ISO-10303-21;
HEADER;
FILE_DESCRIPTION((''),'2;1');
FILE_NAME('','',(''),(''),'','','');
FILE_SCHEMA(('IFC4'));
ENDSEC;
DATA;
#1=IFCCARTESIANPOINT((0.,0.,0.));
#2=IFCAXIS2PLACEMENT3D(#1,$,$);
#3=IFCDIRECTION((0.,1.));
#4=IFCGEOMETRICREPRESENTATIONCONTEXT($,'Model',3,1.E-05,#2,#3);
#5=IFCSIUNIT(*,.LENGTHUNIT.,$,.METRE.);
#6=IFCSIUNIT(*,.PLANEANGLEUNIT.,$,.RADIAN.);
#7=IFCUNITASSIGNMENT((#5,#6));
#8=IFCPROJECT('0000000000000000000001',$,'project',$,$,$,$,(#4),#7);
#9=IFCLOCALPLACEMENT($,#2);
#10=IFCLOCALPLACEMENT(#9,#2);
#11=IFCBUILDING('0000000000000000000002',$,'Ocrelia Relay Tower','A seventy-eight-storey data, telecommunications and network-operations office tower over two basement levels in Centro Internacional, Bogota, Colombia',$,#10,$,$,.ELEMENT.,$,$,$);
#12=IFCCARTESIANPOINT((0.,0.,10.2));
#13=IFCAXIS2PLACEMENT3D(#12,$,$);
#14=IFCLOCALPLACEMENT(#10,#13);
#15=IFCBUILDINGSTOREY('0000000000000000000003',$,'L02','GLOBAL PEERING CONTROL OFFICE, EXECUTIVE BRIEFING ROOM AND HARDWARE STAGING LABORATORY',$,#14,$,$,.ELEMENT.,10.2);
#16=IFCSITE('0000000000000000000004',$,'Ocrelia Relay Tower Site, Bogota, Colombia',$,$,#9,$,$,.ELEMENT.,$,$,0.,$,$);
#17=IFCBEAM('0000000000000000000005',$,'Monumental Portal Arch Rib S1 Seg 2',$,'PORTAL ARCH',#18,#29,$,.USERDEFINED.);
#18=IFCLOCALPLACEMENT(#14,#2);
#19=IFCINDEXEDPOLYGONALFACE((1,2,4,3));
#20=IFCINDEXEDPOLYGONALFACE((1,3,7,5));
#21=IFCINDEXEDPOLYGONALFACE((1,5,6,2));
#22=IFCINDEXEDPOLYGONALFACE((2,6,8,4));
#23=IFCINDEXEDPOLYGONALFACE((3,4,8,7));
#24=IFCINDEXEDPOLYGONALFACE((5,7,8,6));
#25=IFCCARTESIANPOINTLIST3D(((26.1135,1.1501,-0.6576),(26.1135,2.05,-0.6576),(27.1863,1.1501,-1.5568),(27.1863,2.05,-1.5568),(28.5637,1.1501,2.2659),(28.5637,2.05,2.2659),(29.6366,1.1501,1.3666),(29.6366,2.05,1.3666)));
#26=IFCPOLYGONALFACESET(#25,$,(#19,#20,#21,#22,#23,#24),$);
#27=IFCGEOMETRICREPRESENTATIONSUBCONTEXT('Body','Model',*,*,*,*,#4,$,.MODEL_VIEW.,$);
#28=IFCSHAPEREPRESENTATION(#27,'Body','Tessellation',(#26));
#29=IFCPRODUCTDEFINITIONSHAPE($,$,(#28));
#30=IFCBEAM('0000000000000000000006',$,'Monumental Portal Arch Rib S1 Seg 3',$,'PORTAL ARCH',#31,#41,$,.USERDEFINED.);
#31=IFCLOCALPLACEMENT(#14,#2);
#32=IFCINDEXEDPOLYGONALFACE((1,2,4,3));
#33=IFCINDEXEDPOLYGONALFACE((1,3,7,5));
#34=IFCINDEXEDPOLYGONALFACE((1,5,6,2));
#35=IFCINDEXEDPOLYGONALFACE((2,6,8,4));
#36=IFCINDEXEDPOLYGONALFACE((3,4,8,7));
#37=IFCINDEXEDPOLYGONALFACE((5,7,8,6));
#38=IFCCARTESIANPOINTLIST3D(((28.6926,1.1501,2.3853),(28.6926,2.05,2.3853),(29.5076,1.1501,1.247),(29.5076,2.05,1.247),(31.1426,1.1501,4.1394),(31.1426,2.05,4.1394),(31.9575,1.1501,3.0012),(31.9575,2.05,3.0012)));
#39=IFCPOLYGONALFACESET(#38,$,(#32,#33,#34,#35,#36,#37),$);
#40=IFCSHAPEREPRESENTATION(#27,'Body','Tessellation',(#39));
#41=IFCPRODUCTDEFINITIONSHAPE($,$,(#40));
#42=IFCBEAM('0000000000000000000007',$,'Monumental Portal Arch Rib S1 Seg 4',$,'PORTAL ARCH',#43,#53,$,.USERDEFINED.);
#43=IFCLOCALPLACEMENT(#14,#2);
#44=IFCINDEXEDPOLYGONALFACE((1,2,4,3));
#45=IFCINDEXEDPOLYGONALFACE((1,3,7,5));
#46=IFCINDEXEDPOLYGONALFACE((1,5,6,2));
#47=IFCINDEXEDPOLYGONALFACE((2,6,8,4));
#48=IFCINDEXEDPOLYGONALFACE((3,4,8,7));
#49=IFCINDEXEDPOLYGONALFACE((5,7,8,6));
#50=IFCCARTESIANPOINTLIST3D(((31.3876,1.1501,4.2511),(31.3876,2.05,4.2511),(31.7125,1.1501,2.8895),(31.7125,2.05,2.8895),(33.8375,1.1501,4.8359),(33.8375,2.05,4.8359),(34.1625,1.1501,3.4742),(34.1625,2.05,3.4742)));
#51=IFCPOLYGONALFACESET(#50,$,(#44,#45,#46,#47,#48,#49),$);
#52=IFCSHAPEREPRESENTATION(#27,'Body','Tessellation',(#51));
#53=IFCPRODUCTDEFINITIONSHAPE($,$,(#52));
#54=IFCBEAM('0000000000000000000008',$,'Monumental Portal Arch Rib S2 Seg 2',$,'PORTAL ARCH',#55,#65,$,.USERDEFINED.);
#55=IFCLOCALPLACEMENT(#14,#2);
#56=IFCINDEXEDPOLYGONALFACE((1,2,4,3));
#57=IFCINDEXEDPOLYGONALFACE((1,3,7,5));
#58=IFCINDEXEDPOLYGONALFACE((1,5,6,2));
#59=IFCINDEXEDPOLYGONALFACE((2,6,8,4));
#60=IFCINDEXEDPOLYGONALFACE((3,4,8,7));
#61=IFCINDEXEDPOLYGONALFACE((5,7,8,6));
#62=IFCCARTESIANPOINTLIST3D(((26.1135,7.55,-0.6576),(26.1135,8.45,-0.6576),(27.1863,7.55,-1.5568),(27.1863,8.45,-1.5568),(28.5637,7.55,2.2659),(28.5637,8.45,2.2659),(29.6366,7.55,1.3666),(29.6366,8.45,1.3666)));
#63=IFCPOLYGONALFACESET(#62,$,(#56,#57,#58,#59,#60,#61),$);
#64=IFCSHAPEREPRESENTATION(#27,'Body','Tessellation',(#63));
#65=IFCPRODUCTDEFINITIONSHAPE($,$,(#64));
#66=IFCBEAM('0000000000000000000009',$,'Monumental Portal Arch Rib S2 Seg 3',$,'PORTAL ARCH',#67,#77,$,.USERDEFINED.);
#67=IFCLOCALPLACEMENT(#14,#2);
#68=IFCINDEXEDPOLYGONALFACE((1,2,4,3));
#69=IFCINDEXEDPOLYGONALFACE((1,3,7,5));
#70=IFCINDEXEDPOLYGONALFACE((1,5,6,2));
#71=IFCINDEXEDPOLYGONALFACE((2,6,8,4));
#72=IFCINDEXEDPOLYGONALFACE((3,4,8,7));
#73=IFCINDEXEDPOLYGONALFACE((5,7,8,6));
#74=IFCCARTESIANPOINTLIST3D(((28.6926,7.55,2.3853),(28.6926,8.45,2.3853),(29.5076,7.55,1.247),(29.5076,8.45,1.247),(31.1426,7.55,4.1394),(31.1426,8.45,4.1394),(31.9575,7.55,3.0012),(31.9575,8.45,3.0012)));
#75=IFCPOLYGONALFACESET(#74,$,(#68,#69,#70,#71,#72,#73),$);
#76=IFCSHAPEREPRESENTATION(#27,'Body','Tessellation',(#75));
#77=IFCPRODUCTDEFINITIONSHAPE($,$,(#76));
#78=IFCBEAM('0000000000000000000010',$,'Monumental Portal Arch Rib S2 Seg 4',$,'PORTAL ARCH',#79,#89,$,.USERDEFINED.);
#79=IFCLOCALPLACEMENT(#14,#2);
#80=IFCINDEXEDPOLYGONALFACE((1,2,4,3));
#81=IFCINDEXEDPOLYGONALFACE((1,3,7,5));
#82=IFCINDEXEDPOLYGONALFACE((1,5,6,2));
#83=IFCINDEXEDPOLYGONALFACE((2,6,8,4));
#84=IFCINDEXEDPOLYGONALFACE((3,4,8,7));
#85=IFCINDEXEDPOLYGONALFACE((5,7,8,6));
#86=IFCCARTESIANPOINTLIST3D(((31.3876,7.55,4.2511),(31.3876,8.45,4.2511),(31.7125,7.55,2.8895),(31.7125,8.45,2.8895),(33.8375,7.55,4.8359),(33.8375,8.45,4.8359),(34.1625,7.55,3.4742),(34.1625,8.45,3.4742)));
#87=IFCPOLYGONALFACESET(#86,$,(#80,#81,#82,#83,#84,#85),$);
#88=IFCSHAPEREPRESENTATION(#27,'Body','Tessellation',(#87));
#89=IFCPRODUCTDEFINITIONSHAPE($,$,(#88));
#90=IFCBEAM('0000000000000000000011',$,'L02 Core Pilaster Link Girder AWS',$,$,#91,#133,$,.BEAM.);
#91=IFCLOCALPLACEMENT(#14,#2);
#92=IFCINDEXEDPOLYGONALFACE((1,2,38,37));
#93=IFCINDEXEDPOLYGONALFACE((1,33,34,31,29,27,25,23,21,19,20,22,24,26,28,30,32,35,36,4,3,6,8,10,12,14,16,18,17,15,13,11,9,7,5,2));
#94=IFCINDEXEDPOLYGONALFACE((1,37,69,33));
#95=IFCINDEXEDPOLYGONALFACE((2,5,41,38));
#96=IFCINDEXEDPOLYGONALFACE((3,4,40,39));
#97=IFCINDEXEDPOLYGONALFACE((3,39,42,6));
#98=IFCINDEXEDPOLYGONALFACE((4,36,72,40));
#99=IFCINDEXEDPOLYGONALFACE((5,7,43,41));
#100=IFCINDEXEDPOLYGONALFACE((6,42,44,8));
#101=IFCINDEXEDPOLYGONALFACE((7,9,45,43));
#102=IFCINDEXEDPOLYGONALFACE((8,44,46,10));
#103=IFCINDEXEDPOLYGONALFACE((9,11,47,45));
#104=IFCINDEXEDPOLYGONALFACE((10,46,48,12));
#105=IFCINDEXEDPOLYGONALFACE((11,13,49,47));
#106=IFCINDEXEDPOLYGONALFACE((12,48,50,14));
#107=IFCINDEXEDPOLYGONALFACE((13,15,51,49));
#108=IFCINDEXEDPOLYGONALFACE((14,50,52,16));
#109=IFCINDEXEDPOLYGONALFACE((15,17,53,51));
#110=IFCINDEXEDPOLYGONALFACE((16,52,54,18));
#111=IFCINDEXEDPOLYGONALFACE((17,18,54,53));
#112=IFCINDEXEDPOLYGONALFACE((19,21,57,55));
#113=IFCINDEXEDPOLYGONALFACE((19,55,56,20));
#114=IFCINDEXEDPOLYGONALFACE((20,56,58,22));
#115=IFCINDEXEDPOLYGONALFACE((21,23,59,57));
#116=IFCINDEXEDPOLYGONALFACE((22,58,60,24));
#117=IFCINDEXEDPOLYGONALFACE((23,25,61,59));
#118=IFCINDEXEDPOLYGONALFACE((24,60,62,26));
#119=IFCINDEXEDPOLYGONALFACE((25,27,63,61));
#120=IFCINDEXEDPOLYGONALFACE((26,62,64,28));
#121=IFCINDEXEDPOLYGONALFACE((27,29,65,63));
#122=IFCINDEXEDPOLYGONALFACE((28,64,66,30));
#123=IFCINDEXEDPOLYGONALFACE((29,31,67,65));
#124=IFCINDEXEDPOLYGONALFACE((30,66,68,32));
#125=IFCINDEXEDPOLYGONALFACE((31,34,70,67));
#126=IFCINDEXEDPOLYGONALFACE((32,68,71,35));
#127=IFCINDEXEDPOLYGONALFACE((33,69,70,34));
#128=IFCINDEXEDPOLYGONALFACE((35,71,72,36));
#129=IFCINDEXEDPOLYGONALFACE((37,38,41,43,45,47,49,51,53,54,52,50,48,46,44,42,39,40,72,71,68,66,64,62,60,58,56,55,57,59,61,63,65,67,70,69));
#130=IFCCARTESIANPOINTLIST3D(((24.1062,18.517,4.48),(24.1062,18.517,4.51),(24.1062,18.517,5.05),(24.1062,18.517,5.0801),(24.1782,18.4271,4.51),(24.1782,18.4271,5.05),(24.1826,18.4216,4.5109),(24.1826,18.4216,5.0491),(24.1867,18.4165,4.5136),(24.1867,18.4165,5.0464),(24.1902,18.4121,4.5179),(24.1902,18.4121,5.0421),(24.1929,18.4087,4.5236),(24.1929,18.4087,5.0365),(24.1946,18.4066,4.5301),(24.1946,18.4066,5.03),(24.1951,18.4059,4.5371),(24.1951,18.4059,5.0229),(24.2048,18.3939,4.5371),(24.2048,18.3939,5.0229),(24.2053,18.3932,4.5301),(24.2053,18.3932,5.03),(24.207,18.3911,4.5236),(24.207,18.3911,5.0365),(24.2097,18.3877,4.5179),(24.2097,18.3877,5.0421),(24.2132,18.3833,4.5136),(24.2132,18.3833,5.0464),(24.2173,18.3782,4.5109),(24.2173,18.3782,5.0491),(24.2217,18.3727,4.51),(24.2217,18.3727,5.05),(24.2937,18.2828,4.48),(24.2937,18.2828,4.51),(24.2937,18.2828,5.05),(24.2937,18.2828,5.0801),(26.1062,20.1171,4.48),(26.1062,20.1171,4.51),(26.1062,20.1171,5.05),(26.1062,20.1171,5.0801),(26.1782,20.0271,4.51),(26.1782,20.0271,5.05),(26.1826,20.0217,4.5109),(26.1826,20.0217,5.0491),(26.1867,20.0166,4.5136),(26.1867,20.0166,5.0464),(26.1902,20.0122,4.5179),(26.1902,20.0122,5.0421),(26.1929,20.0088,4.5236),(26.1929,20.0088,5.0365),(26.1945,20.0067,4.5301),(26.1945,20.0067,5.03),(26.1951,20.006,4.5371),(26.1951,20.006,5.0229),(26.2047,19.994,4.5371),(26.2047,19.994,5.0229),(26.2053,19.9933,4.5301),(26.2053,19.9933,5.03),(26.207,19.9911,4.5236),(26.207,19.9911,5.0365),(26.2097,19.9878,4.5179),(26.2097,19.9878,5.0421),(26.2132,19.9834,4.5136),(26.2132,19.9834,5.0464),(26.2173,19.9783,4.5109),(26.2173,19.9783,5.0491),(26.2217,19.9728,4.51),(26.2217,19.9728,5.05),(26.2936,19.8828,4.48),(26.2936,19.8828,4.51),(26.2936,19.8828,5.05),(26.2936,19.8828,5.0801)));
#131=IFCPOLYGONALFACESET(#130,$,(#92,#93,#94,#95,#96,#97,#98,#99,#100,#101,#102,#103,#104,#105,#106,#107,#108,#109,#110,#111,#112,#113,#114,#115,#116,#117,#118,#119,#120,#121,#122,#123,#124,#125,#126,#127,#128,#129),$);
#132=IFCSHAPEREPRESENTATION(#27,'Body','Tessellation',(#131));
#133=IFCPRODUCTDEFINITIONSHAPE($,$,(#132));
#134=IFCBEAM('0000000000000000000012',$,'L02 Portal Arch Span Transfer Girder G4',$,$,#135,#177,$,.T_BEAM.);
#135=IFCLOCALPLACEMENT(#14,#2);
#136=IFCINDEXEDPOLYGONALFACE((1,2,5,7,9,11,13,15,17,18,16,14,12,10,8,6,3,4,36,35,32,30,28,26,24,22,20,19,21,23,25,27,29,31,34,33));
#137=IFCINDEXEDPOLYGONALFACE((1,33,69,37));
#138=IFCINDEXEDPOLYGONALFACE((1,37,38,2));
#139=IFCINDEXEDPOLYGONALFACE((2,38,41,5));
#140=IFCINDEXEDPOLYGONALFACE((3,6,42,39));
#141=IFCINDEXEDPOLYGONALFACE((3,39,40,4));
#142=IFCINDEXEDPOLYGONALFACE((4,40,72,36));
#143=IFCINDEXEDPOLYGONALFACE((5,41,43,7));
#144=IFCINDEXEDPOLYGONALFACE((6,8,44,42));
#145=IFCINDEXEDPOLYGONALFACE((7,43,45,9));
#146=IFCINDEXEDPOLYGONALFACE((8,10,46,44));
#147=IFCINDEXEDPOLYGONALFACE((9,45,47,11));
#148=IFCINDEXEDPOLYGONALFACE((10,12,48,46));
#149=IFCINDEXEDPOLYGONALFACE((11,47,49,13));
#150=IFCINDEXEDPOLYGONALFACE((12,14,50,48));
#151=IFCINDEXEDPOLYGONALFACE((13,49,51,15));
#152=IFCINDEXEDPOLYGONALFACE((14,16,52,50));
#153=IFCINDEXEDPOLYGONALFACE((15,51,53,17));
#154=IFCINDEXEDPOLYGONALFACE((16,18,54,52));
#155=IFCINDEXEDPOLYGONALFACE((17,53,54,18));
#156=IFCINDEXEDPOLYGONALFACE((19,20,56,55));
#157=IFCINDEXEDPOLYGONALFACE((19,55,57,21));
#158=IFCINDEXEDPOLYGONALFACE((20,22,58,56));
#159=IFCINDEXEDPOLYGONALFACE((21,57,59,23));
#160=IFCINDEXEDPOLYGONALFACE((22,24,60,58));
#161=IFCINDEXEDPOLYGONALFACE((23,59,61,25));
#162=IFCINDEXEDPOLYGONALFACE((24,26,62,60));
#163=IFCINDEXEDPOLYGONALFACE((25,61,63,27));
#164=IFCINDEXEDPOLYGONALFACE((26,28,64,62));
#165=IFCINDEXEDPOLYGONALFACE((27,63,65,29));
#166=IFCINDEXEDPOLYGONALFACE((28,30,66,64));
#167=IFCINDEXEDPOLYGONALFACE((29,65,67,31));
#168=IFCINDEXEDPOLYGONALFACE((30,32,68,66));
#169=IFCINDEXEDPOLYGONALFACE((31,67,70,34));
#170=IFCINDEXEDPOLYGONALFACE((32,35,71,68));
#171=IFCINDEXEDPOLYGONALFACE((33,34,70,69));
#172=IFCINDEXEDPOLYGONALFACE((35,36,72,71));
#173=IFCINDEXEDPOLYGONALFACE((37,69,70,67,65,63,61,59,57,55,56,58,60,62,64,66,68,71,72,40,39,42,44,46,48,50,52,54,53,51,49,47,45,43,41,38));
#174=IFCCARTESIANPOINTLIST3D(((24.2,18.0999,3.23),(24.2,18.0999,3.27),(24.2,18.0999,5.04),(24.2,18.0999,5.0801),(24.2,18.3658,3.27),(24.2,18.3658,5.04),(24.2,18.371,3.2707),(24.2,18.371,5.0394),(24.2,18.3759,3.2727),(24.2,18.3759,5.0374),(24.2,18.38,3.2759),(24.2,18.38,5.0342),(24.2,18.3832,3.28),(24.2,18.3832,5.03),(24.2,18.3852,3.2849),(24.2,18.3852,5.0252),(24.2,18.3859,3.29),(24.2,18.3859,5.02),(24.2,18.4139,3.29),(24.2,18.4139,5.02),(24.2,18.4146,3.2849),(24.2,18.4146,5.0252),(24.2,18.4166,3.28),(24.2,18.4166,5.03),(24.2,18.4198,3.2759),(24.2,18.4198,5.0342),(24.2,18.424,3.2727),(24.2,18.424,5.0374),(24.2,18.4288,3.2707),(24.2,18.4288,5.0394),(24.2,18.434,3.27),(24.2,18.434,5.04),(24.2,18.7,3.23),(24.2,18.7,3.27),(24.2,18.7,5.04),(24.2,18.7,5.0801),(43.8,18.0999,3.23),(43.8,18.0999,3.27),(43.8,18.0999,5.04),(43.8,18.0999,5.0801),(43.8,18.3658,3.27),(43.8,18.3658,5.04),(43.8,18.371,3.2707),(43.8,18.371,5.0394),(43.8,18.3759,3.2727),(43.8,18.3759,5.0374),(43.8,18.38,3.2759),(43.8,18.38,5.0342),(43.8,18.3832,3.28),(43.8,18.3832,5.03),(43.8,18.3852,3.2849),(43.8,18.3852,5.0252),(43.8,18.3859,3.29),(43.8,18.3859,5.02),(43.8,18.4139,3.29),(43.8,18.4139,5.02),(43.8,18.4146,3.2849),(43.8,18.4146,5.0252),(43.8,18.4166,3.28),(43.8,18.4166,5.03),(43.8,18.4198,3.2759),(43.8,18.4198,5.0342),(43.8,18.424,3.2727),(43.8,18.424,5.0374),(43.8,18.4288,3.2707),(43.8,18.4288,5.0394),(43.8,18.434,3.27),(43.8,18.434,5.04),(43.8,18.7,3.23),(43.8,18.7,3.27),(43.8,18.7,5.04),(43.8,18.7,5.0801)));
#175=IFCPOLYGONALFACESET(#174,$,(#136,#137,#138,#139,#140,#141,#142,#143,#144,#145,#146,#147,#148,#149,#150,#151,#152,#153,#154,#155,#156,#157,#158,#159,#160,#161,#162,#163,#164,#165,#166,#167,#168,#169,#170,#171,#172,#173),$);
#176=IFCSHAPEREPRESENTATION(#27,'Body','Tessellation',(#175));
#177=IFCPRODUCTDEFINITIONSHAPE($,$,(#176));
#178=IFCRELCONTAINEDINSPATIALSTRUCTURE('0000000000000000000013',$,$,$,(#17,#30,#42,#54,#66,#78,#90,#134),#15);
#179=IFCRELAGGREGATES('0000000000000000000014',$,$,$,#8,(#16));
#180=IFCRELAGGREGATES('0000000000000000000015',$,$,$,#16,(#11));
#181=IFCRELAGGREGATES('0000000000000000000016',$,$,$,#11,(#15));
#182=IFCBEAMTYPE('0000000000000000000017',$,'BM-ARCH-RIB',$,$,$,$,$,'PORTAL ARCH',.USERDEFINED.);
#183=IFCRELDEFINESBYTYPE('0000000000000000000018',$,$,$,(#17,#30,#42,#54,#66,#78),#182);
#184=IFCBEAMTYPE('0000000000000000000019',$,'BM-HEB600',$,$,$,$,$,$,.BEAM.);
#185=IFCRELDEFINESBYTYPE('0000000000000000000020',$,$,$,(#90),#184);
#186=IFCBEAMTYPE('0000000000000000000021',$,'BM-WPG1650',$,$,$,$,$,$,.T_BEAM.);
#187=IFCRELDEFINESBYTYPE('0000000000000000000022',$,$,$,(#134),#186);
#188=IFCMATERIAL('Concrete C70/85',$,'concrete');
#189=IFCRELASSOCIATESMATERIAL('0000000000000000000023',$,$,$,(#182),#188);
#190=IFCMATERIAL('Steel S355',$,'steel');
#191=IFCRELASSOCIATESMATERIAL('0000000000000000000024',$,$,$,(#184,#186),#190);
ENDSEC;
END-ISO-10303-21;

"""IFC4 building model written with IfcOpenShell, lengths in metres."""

from ifc_helpers import new_model, si_unit, direction, frame, origin, origin_2d, place, context, subcontext, project, spatial, rectangle, i_section, extrude, material, material_profile, profile_set, type_object, element, save


model = new_model("IFC4")

# Units and contexts
model_context = context("Model", 3, precision=1e-05, world=origin(), true_north=direction((0.0, 1.0)))
body_context = subcontext(model_context, "Body", "Model", "MODEL_VIEW")
ifc_project = project(units=[si_unit("LENGTHUNIT", "METRE"), si_unit("PLANEANGLEUNIT", "RADIAN")], contexts=[model_context])

# Site, building, storey
site_placement = place(None, origin())
site = spatial("IfcSite", under=ifc_project, at=site_placement, Name="Ocrelia Relay Tower Site, Bogota, Colombia", CompositionType="ELEMENT", RefElevation=0.0)
building_placement = place(site_placement, origin())
building = spatial("IfcBuilding", under=site, at=building_placement, Name="Ocrelia Relay Tower", Description="A seventy-eight-storey data, telecommunications and network-operations office tower over two basement levels in Centro Internacional, Bogota, Colombia", CompositionType="ELEMENT")
storey_placement = place(building_placement, frame((0.0, 0.0, 10.2)))
storey = spatial("IfcBuildingStorey", under=building, at=storey_placement, Name="L02", Description="GLOBAL PEERING CONTROL OFFICE, EXECUTIVE BRIEFING ROOM AND HARDWARE STAGING LABORATORY", CompositionType="ELEMENT", Elevation=10.2)

# Beams
ifc_material_1 = material(Name="Concrete C70/85", Category="concrete")
ifc_material_profile_1 = material_profile(ifc_material_1, rectangle(XDim=0.8999, YDim=1.3999, at=origin_2d()), Name="RC-BM-900x1400")
ifc_profile_set_1 = profile_set([ifc_material_profile_1], Name="Concrete C70/85")
beam_type_1 = type_object("IfcBeamType", Name="BM-ARCH-RIB", ElementType="PORTAL ARCH", PredefinedType="USERDEFINED", material=ifc_profile_set_1)
beam_1_placement = place(storey_placement, frame((26.6499, 1.6001, -1.1072), z_axis=(0.64236, 0.0, 0.766403), x_axis=(0.0, 1.0, 0.0)))
element("IfcBeam", 1, at=beam_1_placement, inside=storey, type_object=beam_type_1, Name="Monumental Portal Arch Rib S1 Seg 2", ObjectType="PORTAL ARCH", PredefinedType="USERDEFINED", context=body_context, shape_type="SweptSolid", body=[
    extrude(rectangle(XDim=0.8999, YDim=1.3999, at=origin_2d()), origin(), (0.0, 0.0, 1.0), 3.8145),
])
beam_2_placement = place(storey_placement, frame((29.1001, 1.6001, 1.8162), z_axis=(0.813076, 0.0, 0.582158), x_axis=(0.0, 1.0, 0.0)))
element("IfcBeam", 2, at=beam_2_placement, inside=storey, type_object=beam_type_1, Name="Monumental Portal Arch Rib S1 Seg 3", ObjectType="PORTAL ARCH", PredefinedType="USERDEFINED", context=body_context, shape_type="SweptSolid", body=[
    extrude(rectangle(XDim=0.8999, YDim=1.3999, at=origin_2d()), origin(), (0.0, 0.0, 1.0), 3.0132),
])
beam_3_placement = place(storey_placement, frame((31.55, 1.6001, 3.5703), z_axis=(0.972681, 0.0, 0.232145), x_axis=(0.0, 1.0, 0.0)))
element("IfcBeam", 3, at=beam_3_placement, inside=storey, type_object=beam_type_1, Name="Monumental Portal Arch Rib S1 Seg 4", ObjectType="PORTAL ARCH", PredefinedType="USERDEFINED", context=body_context, shape_type="SweptSolid", body=[
    extrude(rectangle(XDim=0.8999, YDim=1.3999, at=origin_2d()), origin(), (0.0, 0.0, 1.0), 2.5188),
])
beam_4_placement = place(storey_placement, frame((26.6499, 8.0, -1.1072), z_axis=(0.64236, 0.0, 0.766403), x_axis=(0.0, 1.0, 0.0)))
element("IfcBeam", 4, at=beam_4_placement, inside=storey, type_object=beam_type_1, Name="Monumental Portal Arch Rib S2 Seg 2", ObjectType="PORTAL ARCH", PredefinedType="USERDEFINED", context=body_context, shape_type="SweptSolid", body=[
    extrude(rectangle(XDim=0.8999, YDim=1.3999, at=origin_2d()), origin(), (0.0, 0.0, 1.0), 3.8145),
])
beam_5_placement = place(storey_placement, frame((29.1001, 8.0, 1.8162), z_axis=(0.813076, 0.0, 0.582158), x_axis=(0.0, 1.0, 0.0)))
element("IfcBeam", 5, at=beam_5_placement, inside=storey, type_object=beam_type_1, Name="Monumental Portal Arch Rib S2 Seg 3", ObjectType="PORTAL ARCH", PredefinedType="USERDEFINED", context=body_context, shape_type="SweptSolid", body=[
    extrude(rectangle(XDim=0.8999, YDim=1.3999, at=origin_2d()), origin(), (0.0, 0.0, 1.0), 3.0132),
])
beam_6_placement = place(storey_placement, frame((31.55, 8.0, 3.5703), z_axis=(0.972681, 0.0, 0.232145), x_axis=(0.0, 1.0, 0.0)))
element("IfcBeam", 6, at=beam_6_placement, inside=storey, type_object=beam_type_1, Name="Monumental Portal Arch Rib S2 Seg 4", ObjectType="PORTAL ARCH", PredefinedType="USERDEFINED", context=body_context, shape_type="SweptSolid", body=[
    extrude(rectangle(XDim=0.8999, YDim=1.3999, at=origin_2d()), origin(), (0.0, 0.0, 1.0), 2.5188),
])
ifc_material_2 = material(Name="Steel S355", Category="steel")
ifc_material_profile_2 = material_profile(ifc_material_2, i_section(OverallWidth=0.3, OverallDepth=0.6001, WebThickness=0.0154, FlangeThickness=0.03, FilletRadius=0.0271, at=origin_2d()), Name="HEB 600")
ifc_profile_set_2 = profile_set([ifc_material_profile_2], Name="Steel S355")
beam_type_2 = type_object("IfcBeamType", Name="BM-HEB600", PredefinedType="BEAM", material=ifc_profile_set_2)
beam_7_placement = place(storey_placement, frame((24.2, 18.3999, 4.78), z_axis=(0.78085, 0.624718, 0.0), x_axis=(-0.624718, 0.78085, 0.0)))
element("IfcBeam", 7, at=beam_7_placement, inside=storey, type_object=beam_type_2, Name="L02 Core Pilaster Link Girder AWS", PredefinedType="BEAM", context=body_context, shape_type="SweptSolid", body=[
    extrude(i_section(OverallWidth=0.3, OverallDepth=0.6001, WebThickness=0.0154, FlangeThickness=0.03, FilletRadius=0.0271, at=origin_2d()), origin(), (0.0, 0.0, 1.0), 2.5613),
])
ifc_material_profile_3 = material_profile(ifc_material_2, i_section(OverallWidth=0.6001, OverallDepth=1.8501, WebThickness=0.0281, FlangeThickness=0.04, FilletRadius=0.02, at=origin_2d()), Name="WPG 1850x600")
ifc_profile_set_3 = profile_set([ifc_material_profile_3], Name="Steel S355")
beam_type_3 = type_object("IfcBeamType", Name="BM-WPG1650", PredefinedType="T_BEAM", material=ifc_profile_set_3)
beam_8_placement = place(storey_placement, frame((24.2, 18.3999, 4.155), z_axis=(1.0, 0.0, 0.0), x_axis=(0.0, 1.0, 0.0)))
element("IfcBeam", 8, at=beam_8_placement, inside=storey, type_object=beam_type_3, Name="L02 Portal Arch Span Transfer Girder G4", PredefinedType="T_BEAM", context=body_context, shape_type="SweptSolid", body=[
    extrude(i_section(OverallWidth=0.6001, OverallDepth=1.8501, WebThickness=0.0281, FlangeThickness=0.04, FilletRadius=0.02, at=origin_2d()), origin(), (0.0, 0.0, 1.0), 19.6001),
])

save(model, "model.ifc")
